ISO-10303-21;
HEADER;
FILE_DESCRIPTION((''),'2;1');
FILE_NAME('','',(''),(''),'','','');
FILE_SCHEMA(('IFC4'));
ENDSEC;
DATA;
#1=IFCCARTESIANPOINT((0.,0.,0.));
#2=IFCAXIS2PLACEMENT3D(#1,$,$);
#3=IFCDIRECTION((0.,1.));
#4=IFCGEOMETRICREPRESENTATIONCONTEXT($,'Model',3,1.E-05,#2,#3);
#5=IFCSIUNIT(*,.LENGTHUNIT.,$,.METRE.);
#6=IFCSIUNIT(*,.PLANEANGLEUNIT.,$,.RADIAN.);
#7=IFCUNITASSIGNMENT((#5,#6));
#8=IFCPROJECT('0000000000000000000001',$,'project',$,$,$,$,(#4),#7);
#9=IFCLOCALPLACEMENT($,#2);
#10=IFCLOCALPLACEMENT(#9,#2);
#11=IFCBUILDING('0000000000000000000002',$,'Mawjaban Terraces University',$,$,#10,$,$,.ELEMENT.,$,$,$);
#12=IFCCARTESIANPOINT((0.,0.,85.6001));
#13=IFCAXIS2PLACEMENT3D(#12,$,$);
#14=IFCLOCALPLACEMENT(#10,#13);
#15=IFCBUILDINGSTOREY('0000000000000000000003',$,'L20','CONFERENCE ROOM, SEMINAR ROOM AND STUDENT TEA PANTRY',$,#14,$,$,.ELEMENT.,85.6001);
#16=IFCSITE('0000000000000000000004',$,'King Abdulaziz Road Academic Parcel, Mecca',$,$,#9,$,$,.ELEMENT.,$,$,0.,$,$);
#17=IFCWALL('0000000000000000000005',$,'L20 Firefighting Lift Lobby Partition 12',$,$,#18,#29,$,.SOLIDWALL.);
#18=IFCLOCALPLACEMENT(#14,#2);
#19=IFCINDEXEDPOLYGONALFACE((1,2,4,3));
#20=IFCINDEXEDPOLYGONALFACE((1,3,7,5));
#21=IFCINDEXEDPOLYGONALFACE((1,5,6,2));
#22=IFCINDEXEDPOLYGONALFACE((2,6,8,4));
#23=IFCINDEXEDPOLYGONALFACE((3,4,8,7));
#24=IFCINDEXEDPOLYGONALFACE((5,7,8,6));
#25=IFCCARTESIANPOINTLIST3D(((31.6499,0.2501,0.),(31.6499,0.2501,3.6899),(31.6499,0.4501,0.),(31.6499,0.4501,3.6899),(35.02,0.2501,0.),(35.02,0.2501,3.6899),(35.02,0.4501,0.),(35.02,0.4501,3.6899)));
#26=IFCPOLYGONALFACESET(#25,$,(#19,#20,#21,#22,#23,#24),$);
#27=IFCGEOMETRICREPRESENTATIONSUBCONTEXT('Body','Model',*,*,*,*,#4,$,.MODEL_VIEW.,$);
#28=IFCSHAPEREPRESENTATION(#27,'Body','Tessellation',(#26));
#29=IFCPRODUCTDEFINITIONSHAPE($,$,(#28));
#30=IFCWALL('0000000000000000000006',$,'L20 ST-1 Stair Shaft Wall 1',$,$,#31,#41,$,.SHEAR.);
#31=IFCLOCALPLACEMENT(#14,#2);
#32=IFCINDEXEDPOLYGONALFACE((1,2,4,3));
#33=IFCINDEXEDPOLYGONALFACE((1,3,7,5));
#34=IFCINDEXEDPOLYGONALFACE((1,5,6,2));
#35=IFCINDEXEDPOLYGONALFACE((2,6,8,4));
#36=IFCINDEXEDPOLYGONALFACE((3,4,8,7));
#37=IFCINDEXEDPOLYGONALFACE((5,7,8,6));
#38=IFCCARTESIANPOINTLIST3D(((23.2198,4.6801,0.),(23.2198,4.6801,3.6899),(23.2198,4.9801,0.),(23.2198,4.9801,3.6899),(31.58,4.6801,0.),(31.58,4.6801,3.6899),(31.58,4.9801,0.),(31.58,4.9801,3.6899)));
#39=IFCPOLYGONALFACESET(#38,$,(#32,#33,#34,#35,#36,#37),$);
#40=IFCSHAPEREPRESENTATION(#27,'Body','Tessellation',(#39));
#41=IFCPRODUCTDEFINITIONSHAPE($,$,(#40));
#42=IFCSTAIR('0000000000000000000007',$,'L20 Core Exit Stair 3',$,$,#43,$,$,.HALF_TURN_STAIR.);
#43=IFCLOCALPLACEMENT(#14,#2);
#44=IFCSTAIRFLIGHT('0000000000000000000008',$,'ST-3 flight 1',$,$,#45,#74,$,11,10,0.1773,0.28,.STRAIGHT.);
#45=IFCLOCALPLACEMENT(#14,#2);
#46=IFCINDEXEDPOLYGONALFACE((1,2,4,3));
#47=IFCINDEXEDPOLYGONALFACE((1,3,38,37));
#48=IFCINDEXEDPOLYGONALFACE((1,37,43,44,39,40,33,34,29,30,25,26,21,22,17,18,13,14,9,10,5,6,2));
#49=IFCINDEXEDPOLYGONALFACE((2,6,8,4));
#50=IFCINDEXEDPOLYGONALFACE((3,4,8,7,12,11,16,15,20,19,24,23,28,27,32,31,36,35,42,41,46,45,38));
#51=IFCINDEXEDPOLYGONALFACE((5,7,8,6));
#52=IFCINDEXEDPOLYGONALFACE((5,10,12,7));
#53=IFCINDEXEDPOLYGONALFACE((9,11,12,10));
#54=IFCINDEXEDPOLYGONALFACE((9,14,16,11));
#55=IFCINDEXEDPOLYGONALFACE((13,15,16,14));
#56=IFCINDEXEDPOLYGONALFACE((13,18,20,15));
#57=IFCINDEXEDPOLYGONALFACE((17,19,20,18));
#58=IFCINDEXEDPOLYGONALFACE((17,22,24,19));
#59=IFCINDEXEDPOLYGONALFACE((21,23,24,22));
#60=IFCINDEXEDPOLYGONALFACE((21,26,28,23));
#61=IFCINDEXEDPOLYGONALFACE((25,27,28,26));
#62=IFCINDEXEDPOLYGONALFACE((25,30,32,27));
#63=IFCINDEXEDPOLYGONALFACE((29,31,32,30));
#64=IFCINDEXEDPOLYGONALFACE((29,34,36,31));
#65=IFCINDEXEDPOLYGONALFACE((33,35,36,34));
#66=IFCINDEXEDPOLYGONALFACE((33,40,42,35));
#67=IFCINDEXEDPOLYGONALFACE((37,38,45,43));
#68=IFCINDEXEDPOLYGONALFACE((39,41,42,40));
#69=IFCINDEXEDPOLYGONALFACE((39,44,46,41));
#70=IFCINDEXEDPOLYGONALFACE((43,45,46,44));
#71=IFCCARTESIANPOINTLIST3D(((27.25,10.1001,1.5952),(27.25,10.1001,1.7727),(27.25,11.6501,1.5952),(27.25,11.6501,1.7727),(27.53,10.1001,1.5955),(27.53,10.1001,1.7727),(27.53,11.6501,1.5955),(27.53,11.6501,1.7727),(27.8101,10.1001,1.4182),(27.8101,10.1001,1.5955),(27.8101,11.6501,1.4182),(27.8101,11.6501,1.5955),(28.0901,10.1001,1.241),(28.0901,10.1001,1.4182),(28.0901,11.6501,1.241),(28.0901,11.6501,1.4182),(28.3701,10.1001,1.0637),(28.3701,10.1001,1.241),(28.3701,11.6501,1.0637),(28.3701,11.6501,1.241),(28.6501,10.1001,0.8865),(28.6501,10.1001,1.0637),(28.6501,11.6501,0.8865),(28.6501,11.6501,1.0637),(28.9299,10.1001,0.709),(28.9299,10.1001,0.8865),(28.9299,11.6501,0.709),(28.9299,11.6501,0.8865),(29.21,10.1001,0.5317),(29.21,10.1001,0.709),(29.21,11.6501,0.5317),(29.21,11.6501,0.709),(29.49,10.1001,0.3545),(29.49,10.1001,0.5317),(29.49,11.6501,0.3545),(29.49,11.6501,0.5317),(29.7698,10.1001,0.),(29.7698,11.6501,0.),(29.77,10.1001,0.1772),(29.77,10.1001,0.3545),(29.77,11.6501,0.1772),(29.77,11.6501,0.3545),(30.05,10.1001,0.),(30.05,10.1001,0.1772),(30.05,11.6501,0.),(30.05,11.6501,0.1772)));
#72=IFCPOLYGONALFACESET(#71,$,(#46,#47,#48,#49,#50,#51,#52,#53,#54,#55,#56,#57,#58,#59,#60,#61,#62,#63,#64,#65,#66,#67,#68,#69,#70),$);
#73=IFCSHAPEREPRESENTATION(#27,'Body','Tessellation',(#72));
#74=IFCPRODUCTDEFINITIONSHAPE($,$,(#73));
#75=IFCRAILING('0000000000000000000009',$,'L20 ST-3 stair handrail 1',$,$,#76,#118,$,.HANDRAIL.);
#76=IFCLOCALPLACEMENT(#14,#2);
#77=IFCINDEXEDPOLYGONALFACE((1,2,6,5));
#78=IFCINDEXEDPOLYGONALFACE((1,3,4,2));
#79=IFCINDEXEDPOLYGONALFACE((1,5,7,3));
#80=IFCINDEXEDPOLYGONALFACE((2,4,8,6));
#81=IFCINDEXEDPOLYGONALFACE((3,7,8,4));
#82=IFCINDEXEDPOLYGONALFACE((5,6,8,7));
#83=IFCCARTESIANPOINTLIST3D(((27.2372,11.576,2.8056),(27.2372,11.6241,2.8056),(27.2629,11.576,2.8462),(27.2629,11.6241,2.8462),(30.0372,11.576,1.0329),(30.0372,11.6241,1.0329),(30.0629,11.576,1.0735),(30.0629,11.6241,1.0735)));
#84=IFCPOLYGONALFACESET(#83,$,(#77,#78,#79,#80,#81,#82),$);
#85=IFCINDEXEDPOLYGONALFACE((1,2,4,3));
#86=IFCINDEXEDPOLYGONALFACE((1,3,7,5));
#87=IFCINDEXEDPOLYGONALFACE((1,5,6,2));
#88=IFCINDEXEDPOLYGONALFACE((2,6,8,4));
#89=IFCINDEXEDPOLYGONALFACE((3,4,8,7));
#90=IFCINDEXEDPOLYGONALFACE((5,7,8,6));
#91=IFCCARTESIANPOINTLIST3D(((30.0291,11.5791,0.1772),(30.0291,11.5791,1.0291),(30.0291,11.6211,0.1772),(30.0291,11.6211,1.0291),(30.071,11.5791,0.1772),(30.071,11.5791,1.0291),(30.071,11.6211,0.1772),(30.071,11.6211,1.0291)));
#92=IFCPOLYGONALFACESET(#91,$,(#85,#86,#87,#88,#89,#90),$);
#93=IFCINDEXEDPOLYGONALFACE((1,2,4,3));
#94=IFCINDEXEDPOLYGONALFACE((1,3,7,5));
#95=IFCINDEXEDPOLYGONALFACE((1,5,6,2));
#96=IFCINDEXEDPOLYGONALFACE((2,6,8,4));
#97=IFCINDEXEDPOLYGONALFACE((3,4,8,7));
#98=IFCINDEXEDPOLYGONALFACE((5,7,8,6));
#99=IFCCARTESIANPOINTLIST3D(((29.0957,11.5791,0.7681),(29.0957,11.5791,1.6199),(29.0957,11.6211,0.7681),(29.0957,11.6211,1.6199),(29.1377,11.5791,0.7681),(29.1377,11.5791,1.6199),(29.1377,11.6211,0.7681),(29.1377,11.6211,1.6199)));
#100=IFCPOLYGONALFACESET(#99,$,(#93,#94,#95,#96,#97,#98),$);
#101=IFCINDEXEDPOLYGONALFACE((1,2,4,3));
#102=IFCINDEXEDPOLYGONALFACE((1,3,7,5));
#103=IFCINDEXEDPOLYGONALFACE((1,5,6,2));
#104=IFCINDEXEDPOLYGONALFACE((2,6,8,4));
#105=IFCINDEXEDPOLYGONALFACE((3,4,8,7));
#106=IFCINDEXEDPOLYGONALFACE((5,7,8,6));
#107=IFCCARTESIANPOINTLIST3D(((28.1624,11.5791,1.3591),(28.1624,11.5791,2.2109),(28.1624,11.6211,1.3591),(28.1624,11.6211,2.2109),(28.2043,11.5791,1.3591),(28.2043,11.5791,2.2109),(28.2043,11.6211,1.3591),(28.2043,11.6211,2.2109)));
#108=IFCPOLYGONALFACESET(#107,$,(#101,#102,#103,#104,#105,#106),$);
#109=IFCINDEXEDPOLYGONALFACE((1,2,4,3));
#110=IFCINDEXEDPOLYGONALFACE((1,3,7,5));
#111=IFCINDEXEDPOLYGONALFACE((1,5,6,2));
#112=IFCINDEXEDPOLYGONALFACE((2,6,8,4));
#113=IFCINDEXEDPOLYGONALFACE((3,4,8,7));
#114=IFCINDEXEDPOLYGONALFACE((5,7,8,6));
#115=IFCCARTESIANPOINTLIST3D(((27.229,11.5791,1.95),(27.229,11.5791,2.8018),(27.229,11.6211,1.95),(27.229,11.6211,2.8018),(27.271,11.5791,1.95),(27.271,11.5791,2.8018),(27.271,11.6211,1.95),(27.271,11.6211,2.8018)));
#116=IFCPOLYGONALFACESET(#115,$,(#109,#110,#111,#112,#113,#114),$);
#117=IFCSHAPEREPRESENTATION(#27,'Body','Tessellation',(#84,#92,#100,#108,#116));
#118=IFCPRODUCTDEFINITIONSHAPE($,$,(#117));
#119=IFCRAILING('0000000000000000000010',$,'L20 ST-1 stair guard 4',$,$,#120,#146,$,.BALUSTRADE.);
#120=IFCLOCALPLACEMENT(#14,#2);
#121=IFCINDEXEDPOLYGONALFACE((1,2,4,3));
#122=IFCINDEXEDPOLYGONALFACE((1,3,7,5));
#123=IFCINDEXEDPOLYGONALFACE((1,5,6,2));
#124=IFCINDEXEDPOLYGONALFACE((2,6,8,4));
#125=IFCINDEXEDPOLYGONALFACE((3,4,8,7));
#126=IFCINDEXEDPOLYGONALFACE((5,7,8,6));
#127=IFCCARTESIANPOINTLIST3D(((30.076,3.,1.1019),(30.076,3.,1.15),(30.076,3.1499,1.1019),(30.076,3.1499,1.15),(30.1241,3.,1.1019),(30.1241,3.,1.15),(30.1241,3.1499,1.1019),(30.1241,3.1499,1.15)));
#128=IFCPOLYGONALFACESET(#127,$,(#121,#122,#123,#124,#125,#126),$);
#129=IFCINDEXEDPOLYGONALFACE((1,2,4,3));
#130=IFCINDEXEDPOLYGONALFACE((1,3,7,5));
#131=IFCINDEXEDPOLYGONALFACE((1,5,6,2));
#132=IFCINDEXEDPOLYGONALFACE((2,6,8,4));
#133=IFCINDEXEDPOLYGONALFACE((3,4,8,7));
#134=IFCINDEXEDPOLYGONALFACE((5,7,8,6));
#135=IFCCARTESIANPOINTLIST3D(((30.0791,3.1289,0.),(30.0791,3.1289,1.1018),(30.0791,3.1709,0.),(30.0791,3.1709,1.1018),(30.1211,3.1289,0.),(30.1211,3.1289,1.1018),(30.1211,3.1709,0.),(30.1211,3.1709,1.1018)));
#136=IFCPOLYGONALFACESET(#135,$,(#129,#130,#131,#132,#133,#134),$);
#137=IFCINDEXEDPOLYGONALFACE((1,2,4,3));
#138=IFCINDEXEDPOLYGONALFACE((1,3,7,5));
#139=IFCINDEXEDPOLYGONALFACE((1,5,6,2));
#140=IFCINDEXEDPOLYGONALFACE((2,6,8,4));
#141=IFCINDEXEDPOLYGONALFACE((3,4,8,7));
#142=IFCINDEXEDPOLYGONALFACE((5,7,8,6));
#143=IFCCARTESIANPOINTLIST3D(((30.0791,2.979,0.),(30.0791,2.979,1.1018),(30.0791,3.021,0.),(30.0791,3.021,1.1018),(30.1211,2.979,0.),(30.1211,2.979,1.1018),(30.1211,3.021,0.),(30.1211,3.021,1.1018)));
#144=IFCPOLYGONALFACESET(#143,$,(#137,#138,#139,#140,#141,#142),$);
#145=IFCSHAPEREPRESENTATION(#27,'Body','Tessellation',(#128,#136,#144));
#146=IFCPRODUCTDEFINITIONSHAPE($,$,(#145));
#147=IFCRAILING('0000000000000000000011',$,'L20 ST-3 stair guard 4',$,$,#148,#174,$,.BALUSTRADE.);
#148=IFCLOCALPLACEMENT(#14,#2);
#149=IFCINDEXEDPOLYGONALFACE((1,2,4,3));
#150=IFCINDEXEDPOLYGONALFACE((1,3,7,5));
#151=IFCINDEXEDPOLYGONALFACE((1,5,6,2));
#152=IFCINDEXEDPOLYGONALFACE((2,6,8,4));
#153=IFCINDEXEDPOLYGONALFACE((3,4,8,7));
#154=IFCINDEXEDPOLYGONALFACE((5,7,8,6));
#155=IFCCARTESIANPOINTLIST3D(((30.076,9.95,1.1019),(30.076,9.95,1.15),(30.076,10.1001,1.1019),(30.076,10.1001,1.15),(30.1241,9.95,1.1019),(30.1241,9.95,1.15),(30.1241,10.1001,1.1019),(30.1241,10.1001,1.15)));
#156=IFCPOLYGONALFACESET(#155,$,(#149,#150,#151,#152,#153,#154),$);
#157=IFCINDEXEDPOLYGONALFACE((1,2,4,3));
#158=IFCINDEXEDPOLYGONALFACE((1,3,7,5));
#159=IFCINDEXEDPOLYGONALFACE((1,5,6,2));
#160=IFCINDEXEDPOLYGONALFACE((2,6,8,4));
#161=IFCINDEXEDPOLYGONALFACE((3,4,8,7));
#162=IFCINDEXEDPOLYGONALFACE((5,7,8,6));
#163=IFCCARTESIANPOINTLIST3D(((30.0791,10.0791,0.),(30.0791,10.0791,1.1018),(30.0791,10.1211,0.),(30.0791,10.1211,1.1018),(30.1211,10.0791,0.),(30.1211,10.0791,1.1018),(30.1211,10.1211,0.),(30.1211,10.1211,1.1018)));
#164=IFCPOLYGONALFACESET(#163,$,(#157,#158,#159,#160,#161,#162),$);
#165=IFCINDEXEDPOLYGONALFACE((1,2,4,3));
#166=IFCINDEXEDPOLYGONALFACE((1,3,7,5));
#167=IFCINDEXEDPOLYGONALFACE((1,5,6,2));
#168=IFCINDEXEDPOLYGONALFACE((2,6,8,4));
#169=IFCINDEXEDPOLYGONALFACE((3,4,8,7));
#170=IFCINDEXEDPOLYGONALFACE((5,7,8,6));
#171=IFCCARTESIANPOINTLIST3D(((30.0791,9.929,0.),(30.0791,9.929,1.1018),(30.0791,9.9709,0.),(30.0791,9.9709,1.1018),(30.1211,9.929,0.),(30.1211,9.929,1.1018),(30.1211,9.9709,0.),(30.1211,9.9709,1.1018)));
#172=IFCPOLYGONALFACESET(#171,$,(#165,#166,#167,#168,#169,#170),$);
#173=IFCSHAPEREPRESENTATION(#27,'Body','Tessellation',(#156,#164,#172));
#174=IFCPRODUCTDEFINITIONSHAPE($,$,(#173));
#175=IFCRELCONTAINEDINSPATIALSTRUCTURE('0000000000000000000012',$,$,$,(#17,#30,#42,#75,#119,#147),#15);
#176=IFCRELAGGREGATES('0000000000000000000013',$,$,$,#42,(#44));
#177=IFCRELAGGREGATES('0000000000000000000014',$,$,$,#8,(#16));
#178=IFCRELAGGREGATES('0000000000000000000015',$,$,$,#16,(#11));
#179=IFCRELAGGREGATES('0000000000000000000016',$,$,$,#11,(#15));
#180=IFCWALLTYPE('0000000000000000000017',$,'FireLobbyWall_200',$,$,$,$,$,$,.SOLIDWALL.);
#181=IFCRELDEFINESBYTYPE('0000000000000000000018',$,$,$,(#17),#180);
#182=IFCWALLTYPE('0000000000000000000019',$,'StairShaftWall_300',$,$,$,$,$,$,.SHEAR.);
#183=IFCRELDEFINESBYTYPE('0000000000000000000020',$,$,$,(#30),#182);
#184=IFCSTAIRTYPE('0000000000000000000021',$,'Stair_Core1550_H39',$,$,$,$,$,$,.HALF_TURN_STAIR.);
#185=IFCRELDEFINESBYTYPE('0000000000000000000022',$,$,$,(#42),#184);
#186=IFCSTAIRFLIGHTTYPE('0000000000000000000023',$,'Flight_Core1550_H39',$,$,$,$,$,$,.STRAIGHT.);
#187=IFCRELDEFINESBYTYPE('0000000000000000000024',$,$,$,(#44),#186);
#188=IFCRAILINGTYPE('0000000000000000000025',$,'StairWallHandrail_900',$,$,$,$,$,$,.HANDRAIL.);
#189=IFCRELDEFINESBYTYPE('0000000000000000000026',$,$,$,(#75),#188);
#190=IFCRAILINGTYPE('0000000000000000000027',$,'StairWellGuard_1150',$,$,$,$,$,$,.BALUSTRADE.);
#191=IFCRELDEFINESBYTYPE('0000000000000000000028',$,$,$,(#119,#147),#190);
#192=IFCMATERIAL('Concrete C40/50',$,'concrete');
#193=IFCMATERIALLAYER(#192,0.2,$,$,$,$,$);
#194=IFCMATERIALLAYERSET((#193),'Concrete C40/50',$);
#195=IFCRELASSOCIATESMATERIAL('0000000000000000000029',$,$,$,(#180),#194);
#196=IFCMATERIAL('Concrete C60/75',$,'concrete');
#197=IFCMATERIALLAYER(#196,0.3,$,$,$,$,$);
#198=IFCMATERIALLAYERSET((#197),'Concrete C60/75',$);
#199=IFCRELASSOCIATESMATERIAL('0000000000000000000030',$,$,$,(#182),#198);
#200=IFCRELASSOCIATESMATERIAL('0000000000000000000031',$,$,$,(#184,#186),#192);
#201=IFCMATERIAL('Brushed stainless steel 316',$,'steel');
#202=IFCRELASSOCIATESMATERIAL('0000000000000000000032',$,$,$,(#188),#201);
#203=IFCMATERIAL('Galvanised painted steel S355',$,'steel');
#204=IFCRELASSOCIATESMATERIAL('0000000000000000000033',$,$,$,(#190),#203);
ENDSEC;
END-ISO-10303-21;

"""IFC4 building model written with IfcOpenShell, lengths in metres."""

from ifc_helpers import new_model, si_unit, direction, frame, frame_2d, origin, origin_2d, place, context, subcontext, project, spatial, polyline, rectangle, outline, extrude, material, layer, layer_set, type_object, element, aggregate, save


model = new_model("IFC4")

# Units and contexts
model_context = context("Model", 3, precision=1e-05, world=origin(), true_north=direction((0.0, 1.0)))
body_context = subcontext(model_context, "Body", "Model", "MODEL_VIEW")
ifc_project = project(units=[si_unit("LENGTHUNIT", "METRE"), si_unit("PLANEANGLEUNIT", "RADIAN")], contexts=[model_context])

# Site, building, storey
site_placement = place(None, origin())
site = spatial("IfcSite", under=ifc_project, at=site_placement, Name="King Abdulaziz Road Academic Parcel, Mecca", CompositionType="ELEMENT", RefElevation=0.0)
building_placement = place(site_placement, origin())
building = spatial("IfcBuilding", under=site, at=building_placement, Name="Mawjaban Terraces University", CompositionType="ELEMENT")
storey_placement = place(building_placement, frame((0.0, 0.0, 85.6001)))
storey = spatial("IfcBuildingStorey", under=building, at=storey_placement, Name="L20", Description="CONFERENCE ROOM, SEMINAR ROOM AND STUDENT TEA PANTRY", CompositionType="ELEMENT", Elevation=85.6001)

# Shared definitions
ifc_material_1 = material(Name="Concrete C40/50", Category="concrete")
ifc_layer_1 = layer(ifc_material_1, 0.2)
ifc_layer_set_1 = layer_set([ifc_layer_1], Name="Concrete C40/50")
wall_type_1 = type_object("IfcWallType", Name="FireLobbyWall_200", PredefinedType="SOLIDWALL", material=ifc_layer_set_1)

# Wall
wall_1_placement = place(storey_placement, frame((31.6499, 0.3501, 0.0), z_axis=(0.0, 0.0, 1.0), x_axis=(1.0, 0.0, 0.0)))
element("IfcWall", 1, at=wall_1_placement, inside=storey, type_object=wall_type_1, Name="L20 Firefighting Lift Lobby Partition 12", PredefinedType="SOLIDWALL", context=body_context, shape_type="SweptSolid", body=[
    extrude(rectangle(XDim=3.3701, YDim=0.2, at=frame_2d((1.6851, 0.0))), origin(), (0.0, 0.0, 1.0), 3.6899),
])

# Wall
ifc_material_2 = material(Name="Concrete C60/75", Category="concrete")
ifc_layer_2 = layer(ifc_material_2, 0.3)
ifc_layer_set_2 = layer_set([ifc_layer_2], Name="Concrete C60/75")
wall_type_2 = type_object("IfcWallType", Name="StairShaftWall_300", PredefinedType="SHEAR", material=ifc_layer_set_2)
wall_2_placement = place(storey_placement, frame((31.5801, 4.8301, 0.0), z_axis=(0.0, 0.0, 1.0), x_axis=(-1.0, 0.0, 0.0)))
element("IfcWall", 2, at=wall_2_placement, inside=storey, type_object=wall_type_2, Name="L20 ST-1 Stair Shaft Wall 1", PredefinedType="SHEAR", context=body_context, shape_type="SweptSolid", body=[
    extrude(rectangle(XDim=8.3601, YDim=0.3, at=frame_2d((4.1802, 0.0))), origin(), (0.0, 0.0, 1.0), 3.6899),
])

# Stair, stair flight
stair_type = type_object("IfcStairType", Name="Stair_Core1550_H39", PredefinedType="HALF_TURN_STAIR", material=ifc_material_1)
stair_placement = place(storey_placement, origin())
stair = element("IfcStair", 3, at=stair_placement, inside=storey, type_object=stair_type, Name="L20 Core Exit Stair 3", PredefinedType="HALF_TURN_STAIR")
stair_flight_type = type_object("IfcStairFlightType", Name="Flight_Core1550_H39", PredefinedType="STRAIGHT", material=ifc_material_1)
stair_flight_placement = place(storey_placement, frame((30.05, 10.875, 0.0), z_axis=(0.0, 0.0, 1.0), x_axis=(-1.0, 0.0, 0.0)))
stair_flight = element("IfcStairFlight", 4, at=stair_flight_placement, type_object=stair_flight_type, Name="ST-3 flight 1", NumberOfRisers=11, NumberOfTreads=10, PredefinedType="STRAIGHT", RiserHeight=0.1773, TreadLength=0.28, context=body_context, shape_type="SweptSolid", body=[
    extrude(outline(polyline([(0.0, 0.0), (0.0, 0.1772), (0.28, 0.1772), (0.28, 0.3545), (0.5601, 0.3545), (0.5601, 0.5317), (0.8401, 0.5317), (0.8401, 0.709), (1.1201, 0.709), (1.1201, 0.8865), (1.3999, 0.8865), (1.3999, 1.0637), (1.6799, 1.0637), (1.6799, 1.241), (1.96, 1.241), (1.96, 1.4182), (2.24, 1.4182), (2.24, 1.5955), (2.52, 1.5955), (2.52, 1.7727), (2.8, 1.7727), (2.8, 1.95), (2.8, 1.5952), (0.2803, 0.0), (0.0, 0.0)])), frame((0.0, 0.7749, 0.0), z_axis=(0.0, -1.0, 0.0), x_axis=(1.0, 0.0, 0.0)), (0.0, 0.0, 1.0), 1.55),
])
aggregate(stair, [stair_flight])

# Railings
ifc_material_3 = material(Name="Brushed stainless steel 316", Category="steel")
railing_type_1 = type_object("IfcRailingType", Name="StairWallHandrail_900", PredefinedType="HANDRAIL", material=ifc_material_3)
railing_1_placement = place(storey_placement, frame((30.05, 11.6001, 0.1772)))
element("IfcRailing", 5, at=railing_1_placement, inside=storey, type_object=railing_type_1, Name="L20 ST-3 stair handrail 1", PredefinedType="HANDRAIL", context=body_context, shape_type="SweptSolid", body=[
    extrude(rectangle(XDim=0.0481, YDim=0.0481, at=origin_2d()), frame((0.0, 0.0, 0.876), z_axis=(-0.844909, 0.0, 0.53491), x_axis=(0.0, -1.0, 0.0)), (0.0, 0.0, 1.0), 3.314),
    extrude(rectangle(XDim=0.042, YDim=0.042, at=origin_2d()), origin(), (0.0, 0.0, 1.0), 0.8518),
    extrude(rectangle(XDim=0.042, YDim=0.042, at=origin_2d()), frame((-0.9333, 0.0, 0.5908)), (0.0, 0.0, 1.0), 0.8518),
    extrude(rectangle(XDim=0.042, YDim=0.042, at=origin_2d()), frame((-1.8667, 0.0, 1.1819)), (0.0, 0.0, 1.0), 0.8518),
    extrude(rectangle(XDim=0.042, YDim=0.042, at=origin_2d()), frame((-2.8, 0.0, 1.7727)), (0.0, 0.0, 1.0), 0.8518),
])
ifc_material_4 = material(Name="Galvanised painted steel S355", Category="steel")
railing_type_2 = type_object("IfcRailingType", Name="StairWellGuard_1150", PredefinedType="BALUSTRADE", material=ifc_material_4)
railing_2_placement = place(storey_placement, frame((30.1001, 3.1499, 0.0)))
element("IfcRailing", 6, at=railing_2_placement, inside=storey, type_object=railing_type_2, Name="L20 ST-1 stair guard 4", PredefinedType="BALUSTRADE", context=body_context, shape_type="SweptSolid", body=[
    extrude(rectangle(XDim=0.0481, YDim=0.0481, at=origin_2d()), frame((0.0, 0.0, 1.126), z_axis=(0.0, -1.0, 0.0), x_axis=(1.0, 0.0, 0.0)), (0.0, 0.0, 1.0), 0.1499),
    extrude(rectangle(XDim=0.042, YDim=0.042, at=origin_2d()), origin(), (0.0, 0.0, 1.0), 1.1018),
    extrude(rectangle(XDim=0.042, YDim=0.042, at=origin_2d()), frame((0.0, -0.1499, 0.0)), (0.0, 0.0, 1.0), 1.1018),
])
railing_3_placement = place(storey_placement, frame((30.1001, 10.1001, 0.0)))
element("IfcRailing", 7, at=railing_3_placement, inside=storey, type_object=railing_type_2, Name="L20 ST-3 stair guard 4", PredefinedType="BALUSTRADE", context=body_context, shape_type="SweptSolid", body=[
    extrude(rectangle(XDim=0.0481, YDim=0.0481, at=origin_2d()), frame((0.0, 0.0, 1.126), z_axis=(0.0, -1.0, 0.0), x_axis=(1.0, 0.0, 0.0)), (0.0, 0.0, 1.0), 0.1501),
    extrude(rectangle(XDim=0.042, YDim=0.042, at=origin_2d()), origin(), (0.0, 0.0, 1.0), 1.1018),
    extrude(rectangle(XDim=0.042, YDim=0.042, at=origin_2d()), frame((0.0, -0.1501, 0.0)), (0.0, 0.0, 1.0), 1.1018),
])

save(model, "model.ifc")
